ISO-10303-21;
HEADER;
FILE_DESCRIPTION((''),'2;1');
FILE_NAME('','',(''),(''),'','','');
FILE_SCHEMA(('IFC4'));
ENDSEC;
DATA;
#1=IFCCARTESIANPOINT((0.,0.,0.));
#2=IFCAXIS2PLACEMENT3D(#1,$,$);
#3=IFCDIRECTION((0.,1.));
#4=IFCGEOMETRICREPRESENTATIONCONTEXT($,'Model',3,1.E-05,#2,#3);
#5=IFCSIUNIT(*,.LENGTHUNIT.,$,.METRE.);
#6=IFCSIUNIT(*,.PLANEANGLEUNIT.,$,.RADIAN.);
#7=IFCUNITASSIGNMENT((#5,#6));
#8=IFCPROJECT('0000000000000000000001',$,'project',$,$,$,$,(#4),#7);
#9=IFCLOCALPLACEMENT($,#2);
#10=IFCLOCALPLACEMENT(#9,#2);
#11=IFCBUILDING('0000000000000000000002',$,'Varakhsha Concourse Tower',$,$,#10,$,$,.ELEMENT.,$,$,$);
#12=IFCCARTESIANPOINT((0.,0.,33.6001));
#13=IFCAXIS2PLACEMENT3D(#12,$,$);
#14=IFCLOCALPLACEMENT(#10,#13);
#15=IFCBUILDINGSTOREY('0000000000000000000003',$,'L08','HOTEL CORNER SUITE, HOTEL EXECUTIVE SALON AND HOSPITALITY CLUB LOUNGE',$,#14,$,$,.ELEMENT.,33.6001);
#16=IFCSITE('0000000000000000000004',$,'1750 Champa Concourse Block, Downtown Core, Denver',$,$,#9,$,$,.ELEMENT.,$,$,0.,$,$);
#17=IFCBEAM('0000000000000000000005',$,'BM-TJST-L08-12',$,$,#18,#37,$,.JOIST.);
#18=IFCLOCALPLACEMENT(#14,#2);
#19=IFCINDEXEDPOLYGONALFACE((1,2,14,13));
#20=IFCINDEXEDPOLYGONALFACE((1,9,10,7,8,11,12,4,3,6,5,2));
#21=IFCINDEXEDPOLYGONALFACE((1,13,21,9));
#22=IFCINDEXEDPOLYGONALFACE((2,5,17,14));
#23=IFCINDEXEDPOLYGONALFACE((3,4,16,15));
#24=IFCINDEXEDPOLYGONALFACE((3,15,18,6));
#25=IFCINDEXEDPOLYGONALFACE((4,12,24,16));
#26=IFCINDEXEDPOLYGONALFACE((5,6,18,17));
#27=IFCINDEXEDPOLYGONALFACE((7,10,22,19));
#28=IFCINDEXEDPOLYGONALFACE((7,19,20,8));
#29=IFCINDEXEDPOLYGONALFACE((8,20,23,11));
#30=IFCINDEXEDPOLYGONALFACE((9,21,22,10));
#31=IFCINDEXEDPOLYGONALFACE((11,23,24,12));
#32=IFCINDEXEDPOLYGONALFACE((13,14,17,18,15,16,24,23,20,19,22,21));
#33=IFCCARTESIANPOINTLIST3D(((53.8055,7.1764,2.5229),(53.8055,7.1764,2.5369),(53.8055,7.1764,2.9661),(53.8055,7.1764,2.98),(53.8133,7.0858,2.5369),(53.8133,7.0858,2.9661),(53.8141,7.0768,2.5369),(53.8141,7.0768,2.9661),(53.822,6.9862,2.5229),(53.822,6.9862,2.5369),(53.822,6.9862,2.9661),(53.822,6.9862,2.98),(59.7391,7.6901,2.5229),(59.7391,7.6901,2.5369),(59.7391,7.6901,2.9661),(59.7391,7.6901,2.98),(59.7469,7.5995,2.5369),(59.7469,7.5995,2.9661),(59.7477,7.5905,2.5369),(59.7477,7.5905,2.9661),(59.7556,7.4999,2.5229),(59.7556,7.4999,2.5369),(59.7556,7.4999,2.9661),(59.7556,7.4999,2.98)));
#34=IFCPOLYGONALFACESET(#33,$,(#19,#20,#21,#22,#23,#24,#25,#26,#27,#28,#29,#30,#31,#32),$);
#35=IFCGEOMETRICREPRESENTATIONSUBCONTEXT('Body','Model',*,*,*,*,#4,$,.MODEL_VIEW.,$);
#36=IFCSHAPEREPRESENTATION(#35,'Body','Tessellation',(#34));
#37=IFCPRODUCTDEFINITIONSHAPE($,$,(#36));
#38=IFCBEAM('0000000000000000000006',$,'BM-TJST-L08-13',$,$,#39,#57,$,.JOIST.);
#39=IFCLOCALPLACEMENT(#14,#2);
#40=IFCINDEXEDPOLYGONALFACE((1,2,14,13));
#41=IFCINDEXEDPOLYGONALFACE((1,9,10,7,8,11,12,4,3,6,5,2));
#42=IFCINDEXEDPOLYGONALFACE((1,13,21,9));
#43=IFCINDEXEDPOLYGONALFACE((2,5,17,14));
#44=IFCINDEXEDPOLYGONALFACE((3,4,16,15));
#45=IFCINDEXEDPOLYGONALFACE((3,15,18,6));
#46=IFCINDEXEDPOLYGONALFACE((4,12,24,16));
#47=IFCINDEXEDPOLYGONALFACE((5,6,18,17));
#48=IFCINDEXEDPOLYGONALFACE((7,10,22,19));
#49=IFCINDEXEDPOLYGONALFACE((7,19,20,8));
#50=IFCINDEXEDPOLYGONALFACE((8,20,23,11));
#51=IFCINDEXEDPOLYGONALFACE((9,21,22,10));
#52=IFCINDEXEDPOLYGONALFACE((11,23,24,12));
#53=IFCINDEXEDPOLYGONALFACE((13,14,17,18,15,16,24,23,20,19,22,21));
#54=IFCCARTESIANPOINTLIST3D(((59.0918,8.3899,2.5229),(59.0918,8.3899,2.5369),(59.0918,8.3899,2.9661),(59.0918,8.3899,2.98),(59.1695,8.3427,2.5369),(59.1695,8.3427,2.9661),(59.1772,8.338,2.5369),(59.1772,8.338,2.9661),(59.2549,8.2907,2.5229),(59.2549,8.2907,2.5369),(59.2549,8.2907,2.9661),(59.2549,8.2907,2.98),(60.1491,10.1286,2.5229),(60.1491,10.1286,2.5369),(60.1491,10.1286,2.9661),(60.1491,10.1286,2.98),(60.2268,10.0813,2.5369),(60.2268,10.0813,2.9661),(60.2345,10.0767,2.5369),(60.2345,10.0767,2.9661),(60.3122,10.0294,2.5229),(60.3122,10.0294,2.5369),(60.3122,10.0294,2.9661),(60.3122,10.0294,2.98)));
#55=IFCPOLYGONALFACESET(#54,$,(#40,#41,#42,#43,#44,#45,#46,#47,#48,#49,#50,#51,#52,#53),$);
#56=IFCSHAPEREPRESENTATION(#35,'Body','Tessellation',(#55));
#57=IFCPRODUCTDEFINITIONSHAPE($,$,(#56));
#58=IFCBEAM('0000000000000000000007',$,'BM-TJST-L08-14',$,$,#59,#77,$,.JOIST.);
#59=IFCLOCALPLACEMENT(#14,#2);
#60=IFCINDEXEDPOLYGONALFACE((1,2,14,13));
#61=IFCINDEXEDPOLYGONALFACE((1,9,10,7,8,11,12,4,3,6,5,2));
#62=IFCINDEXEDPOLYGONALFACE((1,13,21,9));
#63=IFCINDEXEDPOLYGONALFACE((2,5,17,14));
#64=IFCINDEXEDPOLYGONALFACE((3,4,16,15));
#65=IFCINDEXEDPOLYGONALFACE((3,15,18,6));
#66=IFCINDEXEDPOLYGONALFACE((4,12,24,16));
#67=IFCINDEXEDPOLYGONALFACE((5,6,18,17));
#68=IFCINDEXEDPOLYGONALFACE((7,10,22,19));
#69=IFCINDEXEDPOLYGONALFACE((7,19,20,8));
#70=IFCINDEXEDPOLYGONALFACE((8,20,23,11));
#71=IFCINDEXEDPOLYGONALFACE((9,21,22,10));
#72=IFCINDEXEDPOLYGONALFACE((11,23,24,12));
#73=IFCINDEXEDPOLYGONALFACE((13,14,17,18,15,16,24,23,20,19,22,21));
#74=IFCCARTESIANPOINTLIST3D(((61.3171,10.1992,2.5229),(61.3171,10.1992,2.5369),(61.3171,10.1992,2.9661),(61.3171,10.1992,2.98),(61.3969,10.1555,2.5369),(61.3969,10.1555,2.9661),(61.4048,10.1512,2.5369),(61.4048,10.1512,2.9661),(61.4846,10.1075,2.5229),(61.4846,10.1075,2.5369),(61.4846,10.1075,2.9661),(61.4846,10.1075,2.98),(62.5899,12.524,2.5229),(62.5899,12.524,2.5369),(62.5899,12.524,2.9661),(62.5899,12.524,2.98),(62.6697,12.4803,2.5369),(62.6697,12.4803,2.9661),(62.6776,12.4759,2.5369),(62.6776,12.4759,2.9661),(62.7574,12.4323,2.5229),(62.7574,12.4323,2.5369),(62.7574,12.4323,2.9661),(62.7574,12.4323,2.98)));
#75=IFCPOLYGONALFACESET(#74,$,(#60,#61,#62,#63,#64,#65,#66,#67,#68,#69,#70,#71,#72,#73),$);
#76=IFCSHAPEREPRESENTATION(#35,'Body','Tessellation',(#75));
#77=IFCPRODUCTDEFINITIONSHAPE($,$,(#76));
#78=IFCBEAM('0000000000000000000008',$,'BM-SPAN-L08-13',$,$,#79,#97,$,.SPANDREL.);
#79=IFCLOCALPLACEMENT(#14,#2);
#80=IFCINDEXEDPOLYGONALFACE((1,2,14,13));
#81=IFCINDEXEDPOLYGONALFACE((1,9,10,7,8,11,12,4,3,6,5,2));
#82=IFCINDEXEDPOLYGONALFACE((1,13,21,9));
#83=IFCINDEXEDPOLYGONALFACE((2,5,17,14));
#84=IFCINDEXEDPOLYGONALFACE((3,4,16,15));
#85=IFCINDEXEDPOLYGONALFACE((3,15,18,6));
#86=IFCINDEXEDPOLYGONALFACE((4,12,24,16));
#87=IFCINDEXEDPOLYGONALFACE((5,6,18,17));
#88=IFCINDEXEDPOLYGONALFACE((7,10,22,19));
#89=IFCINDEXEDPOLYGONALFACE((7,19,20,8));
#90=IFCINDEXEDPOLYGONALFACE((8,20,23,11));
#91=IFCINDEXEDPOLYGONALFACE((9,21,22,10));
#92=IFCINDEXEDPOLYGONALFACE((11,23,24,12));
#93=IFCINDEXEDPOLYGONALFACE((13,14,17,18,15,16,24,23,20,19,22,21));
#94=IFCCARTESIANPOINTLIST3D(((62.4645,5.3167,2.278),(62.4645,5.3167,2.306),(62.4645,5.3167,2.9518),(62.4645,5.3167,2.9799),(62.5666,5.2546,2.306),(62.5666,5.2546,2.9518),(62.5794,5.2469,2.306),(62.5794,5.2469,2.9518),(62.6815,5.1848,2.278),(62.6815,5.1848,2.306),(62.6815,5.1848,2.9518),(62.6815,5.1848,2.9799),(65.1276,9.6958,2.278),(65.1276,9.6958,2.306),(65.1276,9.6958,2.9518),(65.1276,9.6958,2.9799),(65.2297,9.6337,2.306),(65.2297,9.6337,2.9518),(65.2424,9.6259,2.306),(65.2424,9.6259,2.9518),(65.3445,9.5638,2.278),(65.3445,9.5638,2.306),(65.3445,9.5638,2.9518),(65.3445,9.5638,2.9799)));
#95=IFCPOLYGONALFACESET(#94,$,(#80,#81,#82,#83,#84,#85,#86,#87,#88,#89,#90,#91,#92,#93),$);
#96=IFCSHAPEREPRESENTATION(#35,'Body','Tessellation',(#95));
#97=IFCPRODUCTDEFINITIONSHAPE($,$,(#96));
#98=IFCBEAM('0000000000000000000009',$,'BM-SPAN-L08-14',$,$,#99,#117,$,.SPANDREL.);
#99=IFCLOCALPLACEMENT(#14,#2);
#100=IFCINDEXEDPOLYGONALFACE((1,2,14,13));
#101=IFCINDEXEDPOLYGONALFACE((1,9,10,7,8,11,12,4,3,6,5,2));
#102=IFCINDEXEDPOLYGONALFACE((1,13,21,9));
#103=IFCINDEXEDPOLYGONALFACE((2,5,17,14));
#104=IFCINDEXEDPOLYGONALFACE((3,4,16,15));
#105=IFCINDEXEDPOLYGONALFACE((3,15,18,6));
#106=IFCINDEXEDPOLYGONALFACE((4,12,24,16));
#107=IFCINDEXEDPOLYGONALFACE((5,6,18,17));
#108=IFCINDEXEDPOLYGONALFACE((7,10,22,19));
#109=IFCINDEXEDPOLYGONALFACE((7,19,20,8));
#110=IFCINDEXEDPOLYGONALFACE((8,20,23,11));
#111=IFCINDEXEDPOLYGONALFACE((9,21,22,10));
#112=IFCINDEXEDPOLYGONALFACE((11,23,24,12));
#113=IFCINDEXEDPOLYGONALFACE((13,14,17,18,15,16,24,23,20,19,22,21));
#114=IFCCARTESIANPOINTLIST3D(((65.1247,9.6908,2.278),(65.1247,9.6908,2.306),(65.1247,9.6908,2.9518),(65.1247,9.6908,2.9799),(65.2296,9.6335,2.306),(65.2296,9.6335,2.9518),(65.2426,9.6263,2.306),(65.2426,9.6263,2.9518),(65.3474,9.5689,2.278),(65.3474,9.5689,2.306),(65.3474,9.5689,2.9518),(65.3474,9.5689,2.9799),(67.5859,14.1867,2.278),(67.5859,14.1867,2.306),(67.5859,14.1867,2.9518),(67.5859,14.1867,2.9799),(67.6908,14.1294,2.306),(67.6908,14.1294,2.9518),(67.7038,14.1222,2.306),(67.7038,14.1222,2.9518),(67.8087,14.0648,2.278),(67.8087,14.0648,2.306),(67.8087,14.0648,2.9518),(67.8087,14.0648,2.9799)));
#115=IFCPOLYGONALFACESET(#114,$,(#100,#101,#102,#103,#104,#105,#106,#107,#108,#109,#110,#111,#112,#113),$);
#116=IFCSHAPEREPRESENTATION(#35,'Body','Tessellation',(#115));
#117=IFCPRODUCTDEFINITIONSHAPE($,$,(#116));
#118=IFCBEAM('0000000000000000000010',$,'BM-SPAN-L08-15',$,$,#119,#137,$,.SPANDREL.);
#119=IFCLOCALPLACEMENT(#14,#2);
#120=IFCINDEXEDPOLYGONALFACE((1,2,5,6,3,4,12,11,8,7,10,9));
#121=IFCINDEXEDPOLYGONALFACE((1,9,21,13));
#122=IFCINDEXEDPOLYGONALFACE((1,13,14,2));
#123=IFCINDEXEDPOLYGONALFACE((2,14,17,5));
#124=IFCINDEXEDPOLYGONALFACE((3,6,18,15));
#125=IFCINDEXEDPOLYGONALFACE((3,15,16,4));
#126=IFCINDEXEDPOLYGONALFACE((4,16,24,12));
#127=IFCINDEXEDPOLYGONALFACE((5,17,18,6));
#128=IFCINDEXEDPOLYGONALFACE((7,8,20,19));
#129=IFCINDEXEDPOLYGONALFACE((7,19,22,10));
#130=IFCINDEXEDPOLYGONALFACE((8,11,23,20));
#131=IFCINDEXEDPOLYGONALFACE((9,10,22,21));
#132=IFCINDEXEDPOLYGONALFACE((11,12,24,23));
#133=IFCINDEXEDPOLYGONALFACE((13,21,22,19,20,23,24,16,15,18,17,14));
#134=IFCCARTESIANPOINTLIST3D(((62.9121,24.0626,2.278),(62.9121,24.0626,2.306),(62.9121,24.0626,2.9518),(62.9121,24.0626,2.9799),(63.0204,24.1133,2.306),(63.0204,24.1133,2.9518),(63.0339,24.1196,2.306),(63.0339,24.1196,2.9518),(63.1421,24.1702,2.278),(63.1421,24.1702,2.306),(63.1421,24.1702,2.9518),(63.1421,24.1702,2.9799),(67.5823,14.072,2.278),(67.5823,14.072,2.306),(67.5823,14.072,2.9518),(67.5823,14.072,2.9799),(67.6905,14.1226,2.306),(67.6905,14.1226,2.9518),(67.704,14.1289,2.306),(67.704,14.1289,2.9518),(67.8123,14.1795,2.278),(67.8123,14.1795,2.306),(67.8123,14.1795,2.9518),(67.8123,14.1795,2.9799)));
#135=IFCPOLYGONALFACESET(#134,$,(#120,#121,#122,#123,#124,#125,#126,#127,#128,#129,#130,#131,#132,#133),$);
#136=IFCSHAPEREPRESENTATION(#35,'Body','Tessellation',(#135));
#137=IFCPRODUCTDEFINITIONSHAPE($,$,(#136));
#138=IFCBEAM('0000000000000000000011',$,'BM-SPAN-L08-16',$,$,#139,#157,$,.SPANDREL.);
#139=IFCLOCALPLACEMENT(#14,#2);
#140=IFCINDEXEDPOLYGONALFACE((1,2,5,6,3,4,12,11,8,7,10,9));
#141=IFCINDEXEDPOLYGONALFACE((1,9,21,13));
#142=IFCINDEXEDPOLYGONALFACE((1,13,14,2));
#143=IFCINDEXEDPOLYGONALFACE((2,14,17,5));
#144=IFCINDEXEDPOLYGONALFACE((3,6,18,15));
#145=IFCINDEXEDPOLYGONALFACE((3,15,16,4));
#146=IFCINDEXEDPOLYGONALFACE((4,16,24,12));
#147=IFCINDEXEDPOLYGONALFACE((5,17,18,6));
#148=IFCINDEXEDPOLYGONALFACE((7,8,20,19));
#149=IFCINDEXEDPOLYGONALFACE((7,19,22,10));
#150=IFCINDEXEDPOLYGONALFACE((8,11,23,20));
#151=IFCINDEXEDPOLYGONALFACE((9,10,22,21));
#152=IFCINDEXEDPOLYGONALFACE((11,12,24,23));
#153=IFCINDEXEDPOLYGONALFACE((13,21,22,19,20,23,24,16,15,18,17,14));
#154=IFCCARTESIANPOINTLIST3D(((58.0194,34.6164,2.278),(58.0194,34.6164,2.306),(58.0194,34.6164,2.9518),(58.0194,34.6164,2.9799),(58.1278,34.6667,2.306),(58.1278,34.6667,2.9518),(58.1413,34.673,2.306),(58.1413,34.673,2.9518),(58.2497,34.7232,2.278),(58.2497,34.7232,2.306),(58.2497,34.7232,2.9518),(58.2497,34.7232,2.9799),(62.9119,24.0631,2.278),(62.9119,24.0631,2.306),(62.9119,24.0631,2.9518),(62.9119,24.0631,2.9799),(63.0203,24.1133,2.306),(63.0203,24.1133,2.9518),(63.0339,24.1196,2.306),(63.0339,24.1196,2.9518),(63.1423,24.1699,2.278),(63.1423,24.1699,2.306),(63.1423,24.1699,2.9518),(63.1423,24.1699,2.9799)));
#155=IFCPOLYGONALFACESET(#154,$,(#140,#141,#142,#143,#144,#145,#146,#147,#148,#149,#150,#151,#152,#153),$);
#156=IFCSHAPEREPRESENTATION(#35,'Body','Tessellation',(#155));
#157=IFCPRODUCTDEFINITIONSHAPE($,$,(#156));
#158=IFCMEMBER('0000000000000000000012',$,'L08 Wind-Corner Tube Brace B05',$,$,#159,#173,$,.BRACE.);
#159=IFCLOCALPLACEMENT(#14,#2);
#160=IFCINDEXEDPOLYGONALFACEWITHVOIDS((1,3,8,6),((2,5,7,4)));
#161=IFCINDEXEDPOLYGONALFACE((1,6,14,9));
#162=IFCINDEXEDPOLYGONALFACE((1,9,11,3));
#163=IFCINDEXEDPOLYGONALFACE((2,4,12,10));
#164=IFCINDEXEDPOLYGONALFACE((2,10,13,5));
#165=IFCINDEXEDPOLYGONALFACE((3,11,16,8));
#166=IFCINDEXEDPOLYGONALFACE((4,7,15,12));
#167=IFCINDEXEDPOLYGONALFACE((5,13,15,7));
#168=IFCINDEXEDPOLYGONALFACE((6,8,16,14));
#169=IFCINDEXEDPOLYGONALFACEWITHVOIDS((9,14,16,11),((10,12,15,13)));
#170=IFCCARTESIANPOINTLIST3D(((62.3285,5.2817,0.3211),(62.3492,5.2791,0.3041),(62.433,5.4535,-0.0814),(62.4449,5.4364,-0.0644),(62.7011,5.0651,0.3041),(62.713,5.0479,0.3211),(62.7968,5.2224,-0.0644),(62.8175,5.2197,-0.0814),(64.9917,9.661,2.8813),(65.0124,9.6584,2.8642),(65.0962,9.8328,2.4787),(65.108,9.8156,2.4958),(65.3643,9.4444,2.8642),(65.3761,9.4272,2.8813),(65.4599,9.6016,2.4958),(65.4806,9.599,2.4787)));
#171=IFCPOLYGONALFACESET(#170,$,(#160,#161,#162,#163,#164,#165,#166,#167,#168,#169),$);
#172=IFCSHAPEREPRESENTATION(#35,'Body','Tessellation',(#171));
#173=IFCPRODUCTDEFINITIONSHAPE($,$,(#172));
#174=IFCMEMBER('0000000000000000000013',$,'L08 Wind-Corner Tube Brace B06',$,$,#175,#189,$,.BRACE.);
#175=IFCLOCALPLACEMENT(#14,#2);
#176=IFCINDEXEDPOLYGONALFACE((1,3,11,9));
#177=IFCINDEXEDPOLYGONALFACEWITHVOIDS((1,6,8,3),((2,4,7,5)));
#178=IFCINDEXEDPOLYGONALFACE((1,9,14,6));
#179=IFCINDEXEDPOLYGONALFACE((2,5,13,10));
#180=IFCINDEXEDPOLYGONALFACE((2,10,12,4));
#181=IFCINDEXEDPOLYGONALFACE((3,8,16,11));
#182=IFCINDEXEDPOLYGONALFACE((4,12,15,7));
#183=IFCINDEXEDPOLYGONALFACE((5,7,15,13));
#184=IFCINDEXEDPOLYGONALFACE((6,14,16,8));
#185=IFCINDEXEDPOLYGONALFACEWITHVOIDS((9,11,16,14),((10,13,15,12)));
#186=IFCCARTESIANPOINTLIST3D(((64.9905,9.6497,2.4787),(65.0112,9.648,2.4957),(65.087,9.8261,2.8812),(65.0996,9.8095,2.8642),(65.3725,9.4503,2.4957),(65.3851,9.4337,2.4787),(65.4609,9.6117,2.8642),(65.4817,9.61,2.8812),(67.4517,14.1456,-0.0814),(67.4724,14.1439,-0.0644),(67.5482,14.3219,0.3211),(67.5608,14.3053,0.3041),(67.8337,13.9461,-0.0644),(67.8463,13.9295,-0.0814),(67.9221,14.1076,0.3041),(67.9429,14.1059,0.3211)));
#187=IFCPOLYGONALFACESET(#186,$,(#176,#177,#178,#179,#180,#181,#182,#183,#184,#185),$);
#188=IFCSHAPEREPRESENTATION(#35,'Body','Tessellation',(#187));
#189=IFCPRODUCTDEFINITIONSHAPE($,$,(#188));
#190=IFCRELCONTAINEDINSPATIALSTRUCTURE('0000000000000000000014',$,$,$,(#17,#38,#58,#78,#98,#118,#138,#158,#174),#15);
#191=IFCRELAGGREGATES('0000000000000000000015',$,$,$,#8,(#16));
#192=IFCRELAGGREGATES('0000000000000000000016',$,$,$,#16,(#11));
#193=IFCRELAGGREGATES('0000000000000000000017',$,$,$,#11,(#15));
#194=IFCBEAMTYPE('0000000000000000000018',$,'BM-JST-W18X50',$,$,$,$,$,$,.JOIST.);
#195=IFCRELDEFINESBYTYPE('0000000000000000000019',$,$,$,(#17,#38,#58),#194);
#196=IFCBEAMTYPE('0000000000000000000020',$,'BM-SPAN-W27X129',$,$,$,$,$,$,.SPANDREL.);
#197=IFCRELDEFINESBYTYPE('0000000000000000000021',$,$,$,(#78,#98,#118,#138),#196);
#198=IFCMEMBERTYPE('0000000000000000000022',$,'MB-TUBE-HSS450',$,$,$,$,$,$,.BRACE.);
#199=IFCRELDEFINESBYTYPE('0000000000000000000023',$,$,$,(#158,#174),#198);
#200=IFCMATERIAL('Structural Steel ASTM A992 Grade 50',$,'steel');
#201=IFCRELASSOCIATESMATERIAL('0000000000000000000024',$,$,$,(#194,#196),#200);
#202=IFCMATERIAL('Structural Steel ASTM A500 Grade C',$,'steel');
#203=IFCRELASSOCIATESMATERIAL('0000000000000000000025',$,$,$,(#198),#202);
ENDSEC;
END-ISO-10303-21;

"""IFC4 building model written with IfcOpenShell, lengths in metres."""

from ifc_helpers import new_model, si_unit, direction, frame, origin, origin_2d, place, context, subcontext, project, spatial, hollow_rectangle, i_section, extrude, source, transform, mapped, material, material_profile, profile_set, type_object, type_shapes, element, save


model = new_model("IFC4")

# Units and contexts
model_context = context("Model", 3, precision=1e-05, world=origin(), true_north=direction((0.0, 1.0)))
body_context = subcontext(model_context, "Body", "Model", "MODEL_VIEW")
ifc_project = project(units=[si_unit("LENGTHUNIT", "METRE"), si_unit("PLANEANGLEUNIT", "RADIAN")], contexts=[model_context])

# Site, building, storey
site_placement = place(None, origin())
site = spatial("IfcSite", under=ifc_project, at=site_placement, Name="1750 Champa Concourse Block, Downtown Core, Denver", CompositionType="ELEMENT", RefElevation=0.0)
building_placement = place(site_placement, origin())
building = spatial("IfcBuilding", under=site, at=building_placement, Name="Varakhsha Concourse Tower", CompositionType="ELEMENT")
storey_placement = place(building_placement, frame((0.0, 0.0, 33.6001)))
storey = spatial("IfcBuildingStorey", under=building, at=storey_placement, Name="L08", Description="HOTEL CORNER SUITE, HOTEL EXECUTIVE SALON AND HOSPITALITY CLUB LOUNGE", CompositionType="ELEMENT", Elevation=33.6001)

# Shared definitions
ifc_material_1 = material(Name="Structural Steel ASTM A992 Grade 50", Category="steel")

# Beams
ifc_material_profile_1 = material_profile(ifc_material_1, i_section(OverallWidth=0.1909, OverallDepth=0.457, WebThickness=0.009, FlangeThickness=0.0139, at=origin_2d()), Name="W18X50")
ifc_profile_set_1 = profile_set([ifc_material_profile_1], Name="Structural Steel ASTM A992 Grade 50")
beam_type_1 = type_object("IfcBeamType", Name="BM-JST-W18X50", PredefinedType="JOIST", material=ifc_profile_set_1)
beam_1_placement = place(storey_placement, frame((53.8137, 7.0813, 2.7515), z_axis=(0.996274, 0.086248, 0.0), x_axis=(-0.086248, 0.996274, 0.0)))
element("IfcBeam", 1, at=beam_1_placement, inside=storey, type_object=beam_type_1, Name="BM-TJST-L08-12", PredefinedType="JOIST", context=body_context, shape_type="SweptSolid", body=[
    extrude(i_section(OverallWidth=0.1909, OverallDepth=0.457, WebThickness=0.009, FlangeThickness=0.0139, at=origin_2d()), origin(), (0.0, 0.0, 1.0), 5.9558),
])
beam_2_placement = place(storey_placement, frame((59.1733, 8.3403, 2.7515), z_axis=(0.519585, 0.854419, 0.0), x_axis=(-0.854419, 0.519585, 0.0)))
element("IfcBeam", 2, at=beam_2_placement, inside=storey, type_object=beam_type_1, Name="BM-TJST-L08-13", PredefinedType="JOIST", context=body_context, shape_type="SweptSolid", body=[
    extrude(i_section(OverallWidth=0.1909, OverallDepth=0.457, WebThickness=0.009, FlangeThickness=0.0139, at=origin_2d()), origin(), (0.0, 0.0, 1.0), 2.0349),
])
beam_3_placement = place(storey_placement, frame((61.4009, 10.1533, 2.7515), z_axis=(0.480213, 0.877152, 0.0), x_axis=(-0.877152, 0.480213, 0.0)))
element("IfcBeam", 3, at=beam_3_placement, inside=storey, type_object=beam_type_1, Name="BM-TJST-L08-14", PredefinedType="JOIST", context=body_context, shape_type="SweptSolid", body=[
    extrude(i_section(OverallWidth=0.1909, OverallDepth=0.457, WebThickness=0.009, FlangeThickness=0.0139, at=origin_2d()), origin(), (0.0, 0.0, 1.0), 2.6504),
])
ifc_material_profile_2 = material_profile(ifc_material_1, i_section(OverallWidth=0.2539, OverallDepth=0.7019, WebThickness=0.0149, FlangeThickness=0.0281, at=origin_2d()), Name="W27X129")
ifc_profile_set_2 = profile_set([ifc_material_profile_2], Name="Structural Steel ASTM A992 Grade 50")
beam_type_2 = type_object("IfcBeamType", Name="BM-SPAN-W27X129", PredefinedType="SPANDREL", material=ifc_profile_set_2)
beam_4_placement = place(storey_placement, frame((62.573, 5.2507, 2.6289), z_axis=(0.519593, 0.854414, 0.0), x_axis=(-0.854414, 0.519593, 0.0)))
element("IfcBeam", 4, at=beam_4_placement, inside=storey, type_object=beam_type_2, Name="BM-SPAN-L08-13", PredefinedType="SPANDREL", context=body_context, shape_type="SweptSolid", body=[
    extrude(i_section(OverallWidth=0.2539, OverallDepth=0.7019, WebThickness=0.0149, FlangeThickness=0.0281, at=origin_2d()), origin(), (0.0, 0.0, 1.0), 5.1252),
])
beam_5_placement = place(storey_placement, frame((65.2361, 9.6299, 2.6289), z_axis=(0.48019, 0.877165, 0.0), x_axis=(-0.877165, 0.48019, 0.0)))
element("IfcBeam", 5, at=beam_5_placement, inside=storey, type_object=beam_type_2, Name="BM-SPAN-L08-14", PredefinedType="SPANDREL", context=body_context, shape_type="SweptSolid", body=[
    extrude(i_section(OverallWidth=0.2539, OverallDepth=0.7019, WebThickness=0.0149, FlangeThickness=0.0281, at=origin_2d()), origin(), (0.0, 0.0, 1.0), 5.1255),
])
beam_6_placement = place(storey_placement, frame((67.6973, 14.1257, 2.6289), z_axis=(-0.423468, 0.905911, 0.0), x_axis=(-0.905911, -0.423468, 0.0)))
element("IfcBeam", 6, at=beam_6_placement, inside=storey, type_object=beam_type_2, Name="BM-SPAN-L08-15", PredefinedType="SPANDREL", context=body_context, shape_type="SweptSolid", body=[
    extrude(i_section(OverallWidth=0.2539, OverallDepth=0.7019, WebThickness=0.0149, FlangeThickness=0.0281, at=origin_2d()), origin(), (0.0, 0.0, 1.0), 11.0283),
])
beam_7_placement = place(storey_placement, frame((63.0271, 24.1165, 2.6289), z_axis=(-0.420599, 0.907247, 0.0), x_axis=(-0.907247, -0.420599, 0.0)))
element("IfcBeam", 7, at=beam_7_placement, inside=storey, type_object=beam_type_2, Name="BM-SPAN-L08-16", PredefinedType="SPANDREL", context=body_context, shape_type="SweptSolid", body=[
    extrude(i_section(OverallWidth=0.2539, OverallDepth=0.7019, WebThickness=0.0149, FlangeThickness=0.0281, at=origin_2d()), origin(), (0.0, 0.0, 1.0), 11.6323),
])

# Members
ifc_material_2 = material(Name="Structural Steel ASTM A500 Grade C", Category="steel")
ifc_material_profile_3 = material_profile(ifc_material_2, hollow_rectangle(XDim=0.45, YDim=0.45, WallThickness=0.019, at=origin_2d()), Name="HSS 450x450x19")
ifc_profile_set_3 = profile_set([ifc_material_profile_3], Name="Structural Steel ASTM A500 Grade C")
member_type_1 = type_object("IfcMemberType", Name="MB-TUBE-HSS450", PredefinedType="BRACE", material=ifc_profile_set_3)
shared_shape_1 = source(origin(), body_context, "Body", "SweptSolid", [
    extrude(hollow_rectangle(XDim=0.45, YDim=0.45, WallThickness=0.019, at=origin_2d()), origin(), (0.0, 0.0, 1.0), 5.7292),
])
type_shapes(member_type_1, [shared_shape_1])
for number, where, z_axis, x_axis, name in (
    (8, (62.573, 5.2507, 0.1199), (0.464833, 0.764366, 0.44685), (-0.854414, 0.519593, 0.0), "L08 Wind-Corner Tube Brace B05"),
    (9, (67.6973, 14.1257, 0.1199), (-0.429584, -0.784723, 0.446842), (0.877165, -0.48019, 0.0), "L08 Wind-Corner Tube Brace B06"),
):
    element("IfcMember", number, at=place(storey_placement, frame(where, z_axis=z_axis, x_axis=x_axis)), inside=storey, type_object=member_type_1, Name=name, PredefinedType="BRACE", context=body_context, shape_type="MappedRepresentation", body=[
        mapped(shared_shape_1, transform((0.0, 0.0, 0.0), scale=1.0)),
    ])

save(model, "model.ifc")
